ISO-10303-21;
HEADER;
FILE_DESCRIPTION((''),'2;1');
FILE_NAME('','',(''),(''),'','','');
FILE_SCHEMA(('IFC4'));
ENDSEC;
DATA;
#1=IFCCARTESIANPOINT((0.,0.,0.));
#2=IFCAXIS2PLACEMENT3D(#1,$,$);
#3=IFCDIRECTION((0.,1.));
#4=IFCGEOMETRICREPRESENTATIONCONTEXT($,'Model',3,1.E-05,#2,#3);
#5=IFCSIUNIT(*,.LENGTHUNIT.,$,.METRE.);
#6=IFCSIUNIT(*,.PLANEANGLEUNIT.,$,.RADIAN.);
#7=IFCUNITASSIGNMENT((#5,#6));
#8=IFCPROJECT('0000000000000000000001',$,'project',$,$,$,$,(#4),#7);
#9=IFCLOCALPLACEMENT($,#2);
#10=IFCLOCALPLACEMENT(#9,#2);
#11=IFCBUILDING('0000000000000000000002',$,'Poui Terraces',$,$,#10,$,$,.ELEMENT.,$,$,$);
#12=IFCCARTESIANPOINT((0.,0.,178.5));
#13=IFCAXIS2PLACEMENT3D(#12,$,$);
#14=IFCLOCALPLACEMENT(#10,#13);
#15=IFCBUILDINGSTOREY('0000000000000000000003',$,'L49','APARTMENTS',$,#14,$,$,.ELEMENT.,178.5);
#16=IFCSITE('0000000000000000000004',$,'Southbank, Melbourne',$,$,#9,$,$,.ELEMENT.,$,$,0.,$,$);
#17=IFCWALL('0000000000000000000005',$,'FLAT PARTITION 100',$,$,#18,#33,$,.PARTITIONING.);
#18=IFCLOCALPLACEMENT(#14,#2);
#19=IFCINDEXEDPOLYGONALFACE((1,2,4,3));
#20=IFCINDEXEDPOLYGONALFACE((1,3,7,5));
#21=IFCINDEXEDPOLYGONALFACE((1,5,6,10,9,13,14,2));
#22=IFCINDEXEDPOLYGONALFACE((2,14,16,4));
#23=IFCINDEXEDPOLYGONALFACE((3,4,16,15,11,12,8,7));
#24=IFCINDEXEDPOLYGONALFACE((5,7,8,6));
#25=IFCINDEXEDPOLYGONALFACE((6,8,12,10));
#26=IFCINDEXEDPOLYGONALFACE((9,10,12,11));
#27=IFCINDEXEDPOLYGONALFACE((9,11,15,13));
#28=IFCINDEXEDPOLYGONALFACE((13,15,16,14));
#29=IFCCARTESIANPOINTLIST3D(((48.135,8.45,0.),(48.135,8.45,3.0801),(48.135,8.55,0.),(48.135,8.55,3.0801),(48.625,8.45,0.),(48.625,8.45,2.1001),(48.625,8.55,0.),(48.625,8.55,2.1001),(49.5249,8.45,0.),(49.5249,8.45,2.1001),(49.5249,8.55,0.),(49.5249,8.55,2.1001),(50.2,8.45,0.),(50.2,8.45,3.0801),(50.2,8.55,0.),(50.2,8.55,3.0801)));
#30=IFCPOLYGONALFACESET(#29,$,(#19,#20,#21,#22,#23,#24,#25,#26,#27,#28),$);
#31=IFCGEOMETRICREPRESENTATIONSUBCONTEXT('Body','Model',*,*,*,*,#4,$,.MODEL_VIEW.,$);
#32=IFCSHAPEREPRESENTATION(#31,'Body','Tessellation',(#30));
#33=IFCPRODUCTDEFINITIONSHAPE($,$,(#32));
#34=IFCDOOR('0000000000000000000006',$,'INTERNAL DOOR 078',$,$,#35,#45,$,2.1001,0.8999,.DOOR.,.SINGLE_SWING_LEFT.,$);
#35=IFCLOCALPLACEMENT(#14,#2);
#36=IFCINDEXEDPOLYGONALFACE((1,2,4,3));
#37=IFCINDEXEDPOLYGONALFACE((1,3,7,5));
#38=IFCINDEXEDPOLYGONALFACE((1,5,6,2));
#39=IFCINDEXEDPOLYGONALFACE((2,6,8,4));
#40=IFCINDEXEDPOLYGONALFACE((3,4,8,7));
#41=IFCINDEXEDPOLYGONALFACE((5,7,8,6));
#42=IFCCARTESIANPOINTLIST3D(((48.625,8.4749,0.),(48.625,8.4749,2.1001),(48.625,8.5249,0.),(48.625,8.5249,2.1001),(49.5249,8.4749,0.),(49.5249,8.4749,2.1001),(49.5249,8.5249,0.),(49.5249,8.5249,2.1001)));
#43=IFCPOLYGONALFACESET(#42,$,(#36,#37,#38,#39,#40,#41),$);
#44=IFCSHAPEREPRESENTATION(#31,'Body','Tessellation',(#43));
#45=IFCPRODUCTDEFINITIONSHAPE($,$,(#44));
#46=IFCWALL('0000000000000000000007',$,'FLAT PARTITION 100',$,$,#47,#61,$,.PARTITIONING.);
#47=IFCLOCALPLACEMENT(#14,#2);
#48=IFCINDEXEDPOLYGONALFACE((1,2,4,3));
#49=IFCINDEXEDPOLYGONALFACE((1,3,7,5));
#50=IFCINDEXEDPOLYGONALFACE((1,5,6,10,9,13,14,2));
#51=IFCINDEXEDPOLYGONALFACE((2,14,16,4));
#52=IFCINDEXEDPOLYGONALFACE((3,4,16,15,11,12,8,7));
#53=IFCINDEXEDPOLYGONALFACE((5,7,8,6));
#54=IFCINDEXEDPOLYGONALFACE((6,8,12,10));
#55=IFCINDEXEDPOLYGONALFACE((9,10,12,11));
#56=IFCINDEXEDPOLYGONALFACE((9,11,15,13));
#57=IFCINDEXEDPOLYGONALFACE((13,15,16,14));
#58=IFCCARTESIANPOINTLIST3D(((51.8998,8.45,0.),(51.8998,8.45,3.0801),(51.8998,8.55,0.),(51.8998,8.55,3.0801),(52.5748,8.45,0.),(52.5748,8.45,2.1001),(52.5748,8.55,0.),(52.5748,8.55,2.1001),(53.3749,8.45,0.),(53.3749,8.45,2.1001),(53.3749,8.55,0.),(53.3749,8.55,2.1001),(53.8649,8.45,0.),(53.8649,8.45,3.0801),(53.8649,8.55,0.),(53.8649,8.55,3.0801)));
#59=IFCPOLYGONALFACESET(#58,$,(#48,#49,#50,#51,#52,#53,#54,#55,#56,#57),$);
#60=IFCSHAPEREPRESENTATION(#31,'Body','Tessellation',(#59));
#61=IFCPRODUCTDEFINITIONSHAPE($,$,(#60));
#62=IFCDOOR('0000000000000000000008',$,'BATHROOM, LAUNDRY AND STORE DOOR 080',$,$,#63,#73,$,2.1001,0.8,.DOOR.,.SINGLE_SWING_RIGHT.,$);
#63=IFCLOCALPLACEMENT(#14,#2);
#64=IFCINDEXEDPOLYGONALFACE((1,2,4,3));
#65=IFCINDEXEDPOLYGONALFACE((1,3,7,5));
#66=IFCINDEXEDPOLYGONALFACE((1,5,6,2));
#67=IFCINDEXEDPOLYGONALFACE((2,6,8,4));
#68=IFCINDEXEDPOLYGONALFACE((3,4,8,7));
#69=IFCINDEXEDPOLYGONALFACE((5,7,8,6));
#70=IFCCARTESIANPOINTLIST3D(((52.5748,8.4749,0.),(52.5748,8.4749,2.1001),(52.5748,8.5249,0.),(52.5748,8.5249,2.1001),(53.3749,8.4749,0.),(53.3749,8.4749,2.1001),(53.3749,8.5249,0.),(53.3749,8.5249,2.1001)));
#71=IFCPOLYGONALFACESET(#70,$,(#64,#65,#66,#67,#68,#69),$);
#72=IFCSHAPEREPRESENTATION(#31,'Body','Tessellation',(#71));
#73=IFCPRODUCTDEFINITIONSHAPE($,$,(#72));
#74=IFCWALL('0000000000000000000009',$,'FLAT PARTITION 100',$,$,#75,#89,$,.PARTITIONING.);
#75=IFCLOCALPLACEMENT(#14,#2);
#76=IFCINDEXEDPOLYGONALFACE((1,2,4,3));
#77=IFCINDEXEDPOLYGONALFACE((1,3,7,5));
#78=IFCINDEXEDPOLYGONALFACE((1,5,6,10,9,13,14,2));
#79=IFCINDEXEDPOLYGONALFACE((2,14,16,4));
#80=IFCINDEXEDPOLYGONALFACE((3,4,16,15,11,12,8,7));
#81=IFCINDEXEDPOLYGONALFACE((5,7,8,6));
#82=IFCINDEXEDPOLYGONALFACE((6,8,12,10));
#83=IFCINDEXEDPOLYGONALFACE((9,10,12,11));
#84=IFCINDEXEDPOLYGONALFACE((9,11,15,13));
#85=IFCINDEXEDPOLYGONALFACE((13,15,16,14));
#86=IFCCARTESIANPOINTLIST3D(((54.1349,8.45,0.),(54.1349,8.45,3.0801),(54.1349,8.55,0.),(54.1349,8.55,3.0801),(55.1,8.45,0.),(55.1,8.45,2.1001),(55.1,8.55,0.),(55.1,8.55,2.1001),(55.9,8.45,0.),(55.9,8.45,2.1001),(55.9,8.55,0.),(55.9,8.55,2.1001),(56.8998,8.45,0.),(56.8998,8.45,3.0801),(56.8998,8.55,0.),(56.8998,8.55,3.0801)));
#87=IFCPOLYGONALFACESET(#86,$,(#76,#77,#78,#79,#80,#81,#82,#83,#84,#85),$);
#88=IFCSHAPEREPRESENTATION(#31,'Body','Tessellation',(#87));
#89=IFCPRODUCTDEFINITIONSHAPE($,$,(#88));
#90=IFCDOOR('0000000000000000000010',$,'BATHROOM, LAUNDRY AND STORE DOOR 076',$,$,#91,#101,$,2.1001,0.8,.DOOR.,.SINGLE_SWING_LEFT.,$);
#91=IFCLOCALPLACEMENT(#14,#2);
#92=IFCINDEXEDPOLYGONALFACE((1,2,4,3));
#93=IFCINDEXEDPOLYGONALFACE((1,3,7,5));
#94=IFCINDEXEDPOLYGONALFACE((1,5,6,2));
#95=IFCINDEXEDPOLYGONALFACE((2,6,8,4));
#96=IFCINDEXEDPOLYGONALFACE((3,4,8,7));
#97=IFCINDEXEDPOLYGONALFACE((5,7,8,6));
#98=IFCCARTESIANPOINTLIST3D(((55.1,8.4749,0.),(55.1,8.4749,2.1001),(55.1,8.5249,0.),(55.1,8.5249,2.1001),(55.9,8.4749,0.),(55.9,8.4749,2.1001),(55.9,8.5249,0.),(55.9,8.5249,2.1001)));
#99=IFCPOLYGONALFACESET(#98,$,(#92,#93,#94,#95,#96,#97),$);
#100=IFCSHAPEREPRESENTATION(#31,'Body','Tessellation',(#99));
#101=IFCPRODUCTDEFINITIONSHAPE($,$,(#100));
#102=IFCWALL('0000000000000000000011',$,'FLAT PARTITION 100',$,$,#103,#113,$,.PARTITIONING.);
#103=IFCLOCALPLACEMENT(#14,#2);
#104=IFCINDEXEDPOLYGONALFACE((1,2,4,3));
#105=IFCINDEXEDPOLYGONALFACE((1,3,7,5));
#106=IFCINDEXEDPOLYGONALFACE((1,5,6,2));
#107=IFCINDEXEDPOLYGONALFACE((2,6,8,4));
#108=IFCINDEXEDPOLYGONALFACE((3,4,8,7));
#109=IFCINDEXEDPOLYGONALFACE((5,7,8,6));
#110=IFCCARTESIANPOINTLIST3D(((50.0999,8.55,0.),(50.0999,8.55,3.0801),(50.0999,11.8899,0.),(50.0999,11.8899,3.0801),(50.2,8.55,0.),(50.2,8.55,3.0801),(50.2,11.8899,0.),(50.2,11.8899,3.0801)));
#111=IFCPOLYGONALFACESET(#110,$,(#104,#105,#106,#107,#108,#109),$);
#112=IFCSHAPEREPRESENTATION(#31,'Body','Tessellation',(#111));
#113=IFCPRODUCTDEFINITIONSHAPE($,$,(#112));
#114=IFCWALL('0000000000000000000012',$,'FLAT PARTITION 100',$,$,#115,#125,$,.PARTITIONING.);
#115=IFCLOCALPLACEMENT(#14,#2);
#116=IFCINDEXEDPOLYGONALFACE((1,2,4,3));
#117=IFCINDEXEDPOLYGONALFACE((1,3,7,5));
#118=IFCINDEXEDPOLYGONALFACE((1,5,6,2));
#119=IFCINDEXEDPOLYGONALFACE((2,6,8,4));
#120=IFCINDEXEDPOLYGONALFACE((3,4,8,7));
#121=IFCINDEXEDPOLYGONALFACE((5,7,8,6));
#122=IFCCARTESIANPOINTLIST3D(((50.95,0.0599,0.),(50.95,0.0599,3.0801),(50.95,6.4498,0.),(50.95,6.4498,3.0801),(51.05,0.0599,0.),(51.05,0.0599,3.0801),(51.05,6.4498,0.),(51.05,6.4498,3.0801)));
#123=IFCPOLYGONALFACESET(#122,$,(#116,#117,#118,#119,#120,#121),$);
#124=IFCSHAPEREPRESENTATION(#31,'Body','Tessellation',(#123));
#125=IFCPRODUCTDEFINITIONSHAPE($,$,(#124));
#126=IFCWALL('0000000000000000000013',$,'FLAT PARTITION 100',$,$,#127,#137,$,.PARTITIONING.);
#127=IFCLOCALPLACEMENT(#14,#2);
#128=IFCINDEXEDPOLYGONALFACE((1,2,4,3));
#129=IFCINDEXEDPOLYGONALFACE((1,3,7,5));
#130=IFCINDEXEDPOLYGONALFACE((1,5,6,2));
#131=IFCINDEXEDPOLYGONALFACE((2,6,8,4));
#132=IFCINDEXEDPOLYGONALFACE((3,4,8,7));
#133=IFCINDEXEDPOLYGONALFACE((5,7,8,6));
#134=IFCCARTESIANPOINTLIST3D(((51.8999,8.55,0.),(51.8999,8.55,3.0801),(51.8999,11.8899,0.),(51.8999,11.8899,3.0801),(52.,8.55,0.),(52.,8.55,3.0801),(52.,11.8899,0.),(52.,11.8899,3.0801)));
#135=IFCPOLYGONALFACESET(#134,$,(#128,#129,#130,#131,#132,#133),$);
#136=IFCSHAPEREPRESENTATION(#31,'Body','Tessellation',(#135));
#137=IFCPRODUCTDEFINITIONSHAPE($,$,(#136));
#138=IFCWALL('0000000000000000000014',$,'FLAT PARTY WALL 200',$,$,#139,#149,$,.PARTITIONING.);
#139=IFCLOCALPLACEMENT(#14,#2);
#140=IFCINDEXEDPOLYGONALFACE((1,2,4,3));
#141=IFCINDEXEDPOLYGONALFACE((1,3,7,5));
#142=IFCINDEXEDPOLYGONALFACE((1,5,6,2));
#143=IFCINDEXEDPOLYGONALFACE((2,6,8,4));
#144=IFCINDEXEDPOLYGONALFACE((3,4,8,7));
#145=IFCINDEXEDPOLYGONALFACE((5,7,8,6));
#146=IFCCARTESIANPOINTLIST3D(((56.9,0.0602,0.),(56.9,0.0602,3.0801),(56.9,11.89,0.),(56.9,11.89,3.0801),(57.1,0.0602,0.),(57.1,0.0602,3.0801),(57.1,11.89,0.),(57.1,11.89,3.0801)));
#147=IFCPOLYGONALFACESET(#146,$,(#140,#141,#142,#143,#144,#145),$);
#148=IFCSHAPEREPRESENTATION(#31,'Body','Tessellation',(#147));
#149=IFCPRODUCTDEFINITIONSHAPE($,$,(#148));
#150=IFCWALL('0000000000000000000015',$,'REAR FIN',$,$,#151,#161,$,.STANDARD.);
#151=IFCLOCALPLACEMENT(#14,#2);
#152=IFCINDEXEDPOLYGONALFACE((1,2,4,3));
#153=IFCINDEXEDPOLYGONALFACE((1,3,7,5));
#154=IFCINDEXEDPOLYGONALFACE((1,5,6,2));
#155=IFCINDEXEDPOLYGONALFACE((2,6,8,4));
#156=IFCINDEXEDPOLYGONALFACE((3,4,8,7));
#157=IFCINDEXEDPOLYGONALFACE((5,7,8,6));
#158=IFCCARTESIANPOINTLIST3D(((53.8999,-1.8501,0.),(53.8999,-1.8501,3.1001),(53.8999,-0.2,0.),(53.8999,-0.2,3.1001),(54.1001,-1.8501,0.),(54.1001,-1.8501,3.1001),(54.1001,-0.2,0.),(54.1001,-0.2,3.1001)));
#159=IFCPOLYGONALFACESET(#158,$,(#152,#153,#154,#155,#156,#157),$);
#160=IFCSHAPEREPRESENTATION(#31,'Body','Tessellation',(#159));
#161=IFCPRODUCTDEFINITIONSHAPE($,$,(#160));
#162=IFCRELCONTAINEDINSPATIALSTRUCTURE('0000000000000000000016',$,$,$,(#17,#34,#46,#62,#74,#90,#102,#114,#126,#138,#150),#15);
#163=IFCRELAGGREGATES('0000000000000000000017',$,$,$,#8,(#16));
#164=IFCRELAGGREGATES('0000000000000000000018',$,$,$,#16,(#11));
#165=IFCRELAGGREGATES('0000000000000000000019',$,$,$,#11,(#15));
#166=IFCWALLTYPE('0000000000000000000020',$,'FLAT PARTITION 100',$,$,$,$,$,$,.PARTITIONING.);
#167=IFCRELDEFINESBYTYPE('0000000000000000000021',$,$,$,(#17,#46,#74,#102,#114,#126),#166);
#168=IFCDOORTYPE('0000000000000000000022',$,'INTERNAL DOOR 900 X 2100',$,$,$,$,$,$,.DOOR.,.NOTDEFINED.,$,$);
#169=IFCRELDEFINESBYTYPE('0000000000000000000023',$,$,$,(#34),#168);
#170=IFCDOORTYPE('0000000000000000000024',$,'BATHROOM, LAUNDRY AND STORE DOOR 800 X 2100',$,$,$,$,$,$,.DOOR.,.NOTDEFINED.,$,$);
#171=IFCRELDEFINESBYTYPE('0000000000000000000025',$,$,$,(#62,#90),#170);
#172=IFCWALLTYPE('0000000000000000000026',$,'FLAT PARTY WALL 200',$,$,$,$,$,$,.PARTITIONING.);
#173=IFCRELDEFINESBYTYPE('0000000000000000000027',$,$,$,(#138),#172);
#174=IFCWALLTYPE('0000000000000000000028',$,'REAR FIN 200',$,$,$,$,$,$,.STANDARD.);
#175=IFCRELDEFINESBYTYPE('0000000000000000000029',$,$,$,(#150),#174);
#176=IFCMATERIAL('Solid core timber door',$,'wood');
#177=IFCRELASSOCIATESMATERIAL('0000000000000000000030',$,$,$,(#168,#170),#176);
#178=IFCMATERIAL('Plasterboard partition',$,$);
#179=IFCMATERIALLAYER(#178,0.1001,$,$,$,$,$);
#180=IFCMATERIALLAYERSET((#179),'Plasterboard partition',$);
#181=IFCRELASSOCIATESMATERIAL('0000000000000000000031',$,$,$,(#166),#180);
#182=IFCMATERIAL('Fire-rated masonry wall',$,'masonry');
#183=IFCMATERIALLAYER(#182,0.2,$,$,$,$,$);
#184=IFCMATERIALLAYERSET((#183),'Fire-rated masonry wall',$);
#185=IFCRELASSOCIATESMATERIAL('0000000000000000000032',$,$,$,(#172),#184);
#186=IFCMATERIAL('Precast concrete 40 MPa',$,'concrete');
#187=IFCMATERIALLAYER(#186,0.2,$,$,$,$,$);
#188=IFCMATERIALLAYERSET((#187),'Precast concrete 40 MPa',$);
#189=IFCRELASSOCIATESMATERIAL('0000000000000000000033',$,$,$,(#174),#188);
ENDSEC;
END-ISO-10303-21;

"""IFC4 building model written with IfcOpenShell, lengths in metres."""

from ifc_helpers import new_model, si_unit, direction, frame, frame_2d, origin, place, context, subcontext, project, spatial, polyline, rectangle, outline, extrude, source, transform, mapped, material, layer, layer_set, type_object, element, fill, save


model = new_model("IFC4")

# Units and contexts
model_context = context("Model", 3, precision=1e-05, world=origin(), true_north=direction((0.0, 1.0)))
body_context = subcontext(model_context, "Body", "Model", "MODEL_VIEW")
ifc_project = project(units=[si_unit("LENGTHUNIT", "METRE"), si_unit("PLANEANGLEUNIT", "RADIAN")], contexts=[model_context])

# Site, building, storey
site_placement = place(None, origin())
site = spatial("IfcSite", under=ifc_project, at=site_placement, Name="Southbank, Melbourne", CompositionType="ELEMENT", RefElevation=0.0)
building_placement = place(site_placement, origin())
building = spatial("IfcBuilding", under=site, at=building_placement, Name="Poui Terraces", CompositionType="ELEMENT")
storey_placement = place(building_placement, frame((0.0, 0.0, 178.5)))
storey = spatial("IfcBuildingStorey", under=building, at=storey_placement, Name="L49", Description="APARTMENTS", CompositionType="ELEMENT", Elevation=178.5)

# Shared definitions
ifc_material_1 = material(Name="Precast concrete 40 MPa", Category="concrete")

# Walls, openings, doors
ifc_material_2 = material(Name="Solid core timber door", Category="wood")
door_type_1 = type_object("IfcDoorType", Name="INTERNAL DOOR 900 X 2100", OperationType="NOTDEFINED", PredefinedType="DOOR", material=ifc_material_2)
ifc_material_3 = material(Name="Plasterboard partition")
ifc_layer_1 = layer(ifc_material_3, 0.1001)
ifc_layer_set_1 = layer_set([ifc_layer_1], Name="Plasterboard partition")
wall_type_1 = type_object("IfcWallType", Name="FLAT PARTITION 100", PredefinedType="PARTITIONING", material=ifc_layer_set_1)
wall_1_placement = place(storey_placement, frame((48.135, 8.5, 0.0), z_axis=(0.0, 0.0, 1.0), x_axis=(1.0, 0.0, 0.0)))
wall_1 = element("IfcWall", 1, at=wall_1_placement, inside=storey, type_object=wall_type_1, Name="FLAT PARTITION 100", PredefinedType="PARTITIONING", context=body_context, shape_type="SweptSolid", body=[
    extrude(rectangle(XDim=2.0649, YDim=0.1001, at=frame_2d((1.0325, 0.0))), origin(), (0.0, 0.0, 1.0), 3.0801),
])
opening_1_placement = place(wall_1_placement, frame((0.49, 0.0, 0.0)))
opening_1 = element("IfcOpeningElement", 2, at=opening_1_placement, cuts=wall_1, PredefinedType="OPENING", context=body_context, shape_type="SweptSolid", body=[
    extrude(rectangle(XDim=0.8999, YDim=2.1001, at=frame_2d((0.45, 1.05))), frame((0.0, 0.0601, 0.0), z_axis=(0.0, -1.0, 0.0), x_axis=(1.0, 0.0, 0.0)), (0.0, 0.0, 1.0), 0.1201),
])
door_1_placement = place(opening_1_placement, origin())
door_1 = element("IfcDoor", 3, at=door_1_placement, inside=storey, type_object=door_type_1, Name="INTERNAL DOOR 078", OperationType="SINGLE_SWING_LEFT", OverallHeight=2.1001, OverallWidth=0.8999, PredefinedType="DOOR", context=body_context, shape_type="SweptSolid", body=[
    extrude(rectangle(XDim=0.8999, YDim=2.1001, at=frame_2d((0.45, 1.05))), frame((0.0, 0.0249, 0.0), z_axis=(0.0, -1.0, 0.0), x_axis=(1.0, 0.0, 0.0)), (0.0, 0.0, 1.0), 0.05),
])
fill(opening_1, door_1)
wall_2_placement = place(storey_placement, frame((51.8999, 8.5, 0.0), z_axis=(0.0, 0.0, 1.0), x_axis=(1.0, 0.0, 0.0)))
wall_2 = element("IfcWall", 4, at=wall_2_placement, inside=storey, type_object=wall_type_1, Name="FLAT PARTITION 100", PredefinedType="PARTITIONING", context=body_context, shape_type="SweptSolid", body=[
    extrude(rectangle(XDim=1.9651, YDim=0.1001, at=frame_2d((0.9824, 0.0))), origin(), (0.0, 0.0, 1.0), 3.0801),
])
opening_2_placement = place(wall_2_placement, frame((0.675, 0.0, 0.0)))
opening_2 = element("IfcOpeningElement", 5, at=opening_2_placement, cuts=wall_2, PredefinedType="OPENING", context=body_context, shape_type="SweptSolid", body=[
    extrude(rectangle(XDim=0.8, YDim=2.1001, at=frame_2d((0.3999, 1.05))), frame((0.0, 0.0601, 0.0), z_axis=(0.0, -1.0, 0.0), x_axis=(1.0, 0.0, 0.0)), (0.0, 0.0, 1.0), 0.1201),
])
door_type_2 = type_object("IfcDoorType", Name="BATHROOM, LAUNDRY AND STORE DOOR 800 X 2100", OperationType="NOTDEFINED", PredefinedType="DOOR", material=ifc_material_2)
door_2_placement = place(opening_2_placement, origin())
door_2 = element("IfcDoor", 6, at=door_2_placement, inside=storey, type_object=door_type_2, Name="BATHROOM, LAUNDRY AND STORE DOOR 080", OperationType="SINGLE_SWING_RIGHT", OverallHeight=2.1001, OverallWidth=0.8, PredefinedType="DOOR", context=body_context, shape_type="SweptSolid", body=[
    extrude(rectangle(XDim=0.8, YDim=2.1001, at=frame_2d((0.3999, 1.05))), frame((0.0, 0.0249, 0.0), z_axis=(0.0, -1.0, 0.0), x_axis=(1.0, 0.0, 0.0)), (0.0, 0.0, 1.0), 0.05),
])
fill(opening_2, door_2)
wall_3_placement = place(storey_placement, frame((54.135, 8.5, 0.0), z_axis=(0.0, 0.0, 1.0), x_axis=(1.0, 0.0, 0.0)))
wall_3 = element("IfcWall", 7, at=wall_3_placement, inside=storey, type_object=wall_type_1, Name="FLAT PARTITION 100", PredefinedType="PARTITIONING", context=body_context, shape_type="SweptSolid", body=[
    extrude(rectangle(XDim=2.7649, YDim=0.1001, at=frame_2d((1.3823, 0.0))), origin(), (0.0, 0.0, 1.0), 3.0801),
])
opening_3_placement = place(wall_3_placement, frame((0.9651, 0.0, 0.0)))
opening_3 = element("IfcOpeningElement", 8, at=opening_3_placement, cuts=wall_3, PredefinedType="OPENING", context=body_context, shape_type="SweptSolid", body=[
    extrude(rectangle(XDim=0.8, YDim=2.1001, at=frame_2d((0.3999, 1.05))), frame((0.0, 0.0601, 0.0), z_axis=(0.0, -1.0, 0.0), x_axis=(1.0, 0.0, 0.0)), (0.0, 0.0, 1.0), 0.1201),
])
door_3_placement = place(opening_3_placement, origin())
door_3 = element("IfcDoor", 9, at=door_3_placement, inside=storey, type_object=door_type_2, Name="BATHROOM, LAUNDRY AND STORE DOOR 076", OperationType="SINGLE_SWING_LEFT", OverallHeight=2.1001, OverallWidth=0.8, PredefinedType="DOOR", context=body_context, shape_type="SweptSolid", body=[
    extrude(rectangle(XDim=0.8, YDim=2.1001, at=frame_2d((0.3999, 1.05))), frame((0.0, 0.0249, 0.0), z_axis=(0.0, -1.0, 0.0), x_axis=(1.0, 0.0, 0.0)), (0.0, 0.0, 1.0), 0.05),
])
fill(opening_3, door_3)

# Walls
wall_4_placement = place(storey_placement, frame((50.1499, 8.55, 0.0), z_axis=(0.0, 0.0, 1.0), x_axis=(0.0, 1.0, 0.0)))
element("IfcWall", 10, at=wall_4_placement, inside=storey, type_object=wall_type_1, Name="FLAT PARTITION 100", PredefinedType="PARTITIONING", context=body_context, shape_type="SweptSolid", body=[
    extrude(rectangle(XDim=3.3398, YDim=0.1001, at=frame_2d((1.6699, 0.0))), origin(), (0.0, 0.0, 1.0), 3.0801),
])
wall_5_placement = place(storey_placement, frame((51.0, 0.0601, 0.0), z_axis=(0.0, 0.0, 1.0), x_axis=(0.0, 1.0, 0.0)))
element("IfcWall", 11, at=wall_5_placement, inside=storey, type_object=wall_type_1, Name="FLAT PARTITION 100", PredefinedType="PARTITIONING", context=body_context, shape_type="SweptSolid", body=[
    extrude(rectangle(XDim=6.3899, YDim=0.1001, at=frame_2d((3.1948, 0.0))), origin(), (0.0, 0.0, 1.0), 3.0801),
])
wall_6_placement = place(storey_placement, frame((51.95, 8.55, 0.0), z_axis=(0.0, 0.0, 1.0), x_axis=(0.0, 1.0, 0.0)))
element("IfcWall", 12, at=wall_6_placement, inside=storey, type_object=wall_type_1, Name="FLAT PARTITION 100", PredefinedType="PARTITIONING", context=body_context, shape_type="SweptSolid", body=[
    extrude(rectangle(XDim=3.3398, YDim=0.1001, at=frame_2d((1.6699, 0.0))), origin(), (0.0, 0.0, 1.0), 3.0801),
])
ifc_material_4 = material(Name="Fire-rated masonry wall", Category="masonry")
ifc_layer_2 = layer(ifc_material_4, 0.2)
ifc_layer_set_2 = layer_set([ifc_layer_2], Name="Fire-rated masonry wall")
wall_type_2 = type_object("IfcWallType", Name="FLAT PARTY WALL 200", PredefinedType="PARTITIONING", material=ifc_layer_set_2)
wall_7_placement = place(storey_placement, frame((57.0, 0.0601, 0.0), z_axis=(0.0, 0.0, 1.0), x_axis=(0.0, 1.0, 0.0)))
element("IfcWall", 13, at=wall_7_placement, inside=storey, type_object=wall_type_2, Name="FLAT PARTY WALL 200", PredefinedType="PARTITIONING", context=body_context, shape_type="SweptSolid", body=[
    extrude(rectangle(XDim=11.8298, YDim=0.2, at=frame_2d((5.915, 0.0))), origin(), (0.0, 0.0, 1.0), 3.0801),
])
ifc_layer_3 = layer(ifc_material_1, 0.2)
ifc_layer_set_3 = layer_set([ifc_layer_3], Name="Precast concrete 40 MPa")
wall_type_3 = type_object("IfcWallType", Name="REAR FIN 200", PredefinedType="STANDARD", material=ifc_layer_set_3)
shared_shape_1 = source(origin(), body_context, "Body", "SweptSolid", [
    extrude(outline(polyline([(0.0, 0.0), (0.2002, 0.0), (0.2002, 1.6501), (0.0, 1.6501), (0.0, 0.0)])), origin(), (0.0, 0.0, 1.0), 3.1001),
])
wall_8_placement = place(storey_placement, frame((53.8999, -1.8501, 0.0)))
element("IfcWall", 14, at=wall_8_placement, inside=storey, type_object=wall_type_3, Name="REAR FIN", PredefinedType="STANDARD", context=body_context, shape_type="MappedRepresentation", body=[
    mapped(shared_shape_1, transform((0.0, 0.0, 0.0))),
])

save(model, "model.ifc")
